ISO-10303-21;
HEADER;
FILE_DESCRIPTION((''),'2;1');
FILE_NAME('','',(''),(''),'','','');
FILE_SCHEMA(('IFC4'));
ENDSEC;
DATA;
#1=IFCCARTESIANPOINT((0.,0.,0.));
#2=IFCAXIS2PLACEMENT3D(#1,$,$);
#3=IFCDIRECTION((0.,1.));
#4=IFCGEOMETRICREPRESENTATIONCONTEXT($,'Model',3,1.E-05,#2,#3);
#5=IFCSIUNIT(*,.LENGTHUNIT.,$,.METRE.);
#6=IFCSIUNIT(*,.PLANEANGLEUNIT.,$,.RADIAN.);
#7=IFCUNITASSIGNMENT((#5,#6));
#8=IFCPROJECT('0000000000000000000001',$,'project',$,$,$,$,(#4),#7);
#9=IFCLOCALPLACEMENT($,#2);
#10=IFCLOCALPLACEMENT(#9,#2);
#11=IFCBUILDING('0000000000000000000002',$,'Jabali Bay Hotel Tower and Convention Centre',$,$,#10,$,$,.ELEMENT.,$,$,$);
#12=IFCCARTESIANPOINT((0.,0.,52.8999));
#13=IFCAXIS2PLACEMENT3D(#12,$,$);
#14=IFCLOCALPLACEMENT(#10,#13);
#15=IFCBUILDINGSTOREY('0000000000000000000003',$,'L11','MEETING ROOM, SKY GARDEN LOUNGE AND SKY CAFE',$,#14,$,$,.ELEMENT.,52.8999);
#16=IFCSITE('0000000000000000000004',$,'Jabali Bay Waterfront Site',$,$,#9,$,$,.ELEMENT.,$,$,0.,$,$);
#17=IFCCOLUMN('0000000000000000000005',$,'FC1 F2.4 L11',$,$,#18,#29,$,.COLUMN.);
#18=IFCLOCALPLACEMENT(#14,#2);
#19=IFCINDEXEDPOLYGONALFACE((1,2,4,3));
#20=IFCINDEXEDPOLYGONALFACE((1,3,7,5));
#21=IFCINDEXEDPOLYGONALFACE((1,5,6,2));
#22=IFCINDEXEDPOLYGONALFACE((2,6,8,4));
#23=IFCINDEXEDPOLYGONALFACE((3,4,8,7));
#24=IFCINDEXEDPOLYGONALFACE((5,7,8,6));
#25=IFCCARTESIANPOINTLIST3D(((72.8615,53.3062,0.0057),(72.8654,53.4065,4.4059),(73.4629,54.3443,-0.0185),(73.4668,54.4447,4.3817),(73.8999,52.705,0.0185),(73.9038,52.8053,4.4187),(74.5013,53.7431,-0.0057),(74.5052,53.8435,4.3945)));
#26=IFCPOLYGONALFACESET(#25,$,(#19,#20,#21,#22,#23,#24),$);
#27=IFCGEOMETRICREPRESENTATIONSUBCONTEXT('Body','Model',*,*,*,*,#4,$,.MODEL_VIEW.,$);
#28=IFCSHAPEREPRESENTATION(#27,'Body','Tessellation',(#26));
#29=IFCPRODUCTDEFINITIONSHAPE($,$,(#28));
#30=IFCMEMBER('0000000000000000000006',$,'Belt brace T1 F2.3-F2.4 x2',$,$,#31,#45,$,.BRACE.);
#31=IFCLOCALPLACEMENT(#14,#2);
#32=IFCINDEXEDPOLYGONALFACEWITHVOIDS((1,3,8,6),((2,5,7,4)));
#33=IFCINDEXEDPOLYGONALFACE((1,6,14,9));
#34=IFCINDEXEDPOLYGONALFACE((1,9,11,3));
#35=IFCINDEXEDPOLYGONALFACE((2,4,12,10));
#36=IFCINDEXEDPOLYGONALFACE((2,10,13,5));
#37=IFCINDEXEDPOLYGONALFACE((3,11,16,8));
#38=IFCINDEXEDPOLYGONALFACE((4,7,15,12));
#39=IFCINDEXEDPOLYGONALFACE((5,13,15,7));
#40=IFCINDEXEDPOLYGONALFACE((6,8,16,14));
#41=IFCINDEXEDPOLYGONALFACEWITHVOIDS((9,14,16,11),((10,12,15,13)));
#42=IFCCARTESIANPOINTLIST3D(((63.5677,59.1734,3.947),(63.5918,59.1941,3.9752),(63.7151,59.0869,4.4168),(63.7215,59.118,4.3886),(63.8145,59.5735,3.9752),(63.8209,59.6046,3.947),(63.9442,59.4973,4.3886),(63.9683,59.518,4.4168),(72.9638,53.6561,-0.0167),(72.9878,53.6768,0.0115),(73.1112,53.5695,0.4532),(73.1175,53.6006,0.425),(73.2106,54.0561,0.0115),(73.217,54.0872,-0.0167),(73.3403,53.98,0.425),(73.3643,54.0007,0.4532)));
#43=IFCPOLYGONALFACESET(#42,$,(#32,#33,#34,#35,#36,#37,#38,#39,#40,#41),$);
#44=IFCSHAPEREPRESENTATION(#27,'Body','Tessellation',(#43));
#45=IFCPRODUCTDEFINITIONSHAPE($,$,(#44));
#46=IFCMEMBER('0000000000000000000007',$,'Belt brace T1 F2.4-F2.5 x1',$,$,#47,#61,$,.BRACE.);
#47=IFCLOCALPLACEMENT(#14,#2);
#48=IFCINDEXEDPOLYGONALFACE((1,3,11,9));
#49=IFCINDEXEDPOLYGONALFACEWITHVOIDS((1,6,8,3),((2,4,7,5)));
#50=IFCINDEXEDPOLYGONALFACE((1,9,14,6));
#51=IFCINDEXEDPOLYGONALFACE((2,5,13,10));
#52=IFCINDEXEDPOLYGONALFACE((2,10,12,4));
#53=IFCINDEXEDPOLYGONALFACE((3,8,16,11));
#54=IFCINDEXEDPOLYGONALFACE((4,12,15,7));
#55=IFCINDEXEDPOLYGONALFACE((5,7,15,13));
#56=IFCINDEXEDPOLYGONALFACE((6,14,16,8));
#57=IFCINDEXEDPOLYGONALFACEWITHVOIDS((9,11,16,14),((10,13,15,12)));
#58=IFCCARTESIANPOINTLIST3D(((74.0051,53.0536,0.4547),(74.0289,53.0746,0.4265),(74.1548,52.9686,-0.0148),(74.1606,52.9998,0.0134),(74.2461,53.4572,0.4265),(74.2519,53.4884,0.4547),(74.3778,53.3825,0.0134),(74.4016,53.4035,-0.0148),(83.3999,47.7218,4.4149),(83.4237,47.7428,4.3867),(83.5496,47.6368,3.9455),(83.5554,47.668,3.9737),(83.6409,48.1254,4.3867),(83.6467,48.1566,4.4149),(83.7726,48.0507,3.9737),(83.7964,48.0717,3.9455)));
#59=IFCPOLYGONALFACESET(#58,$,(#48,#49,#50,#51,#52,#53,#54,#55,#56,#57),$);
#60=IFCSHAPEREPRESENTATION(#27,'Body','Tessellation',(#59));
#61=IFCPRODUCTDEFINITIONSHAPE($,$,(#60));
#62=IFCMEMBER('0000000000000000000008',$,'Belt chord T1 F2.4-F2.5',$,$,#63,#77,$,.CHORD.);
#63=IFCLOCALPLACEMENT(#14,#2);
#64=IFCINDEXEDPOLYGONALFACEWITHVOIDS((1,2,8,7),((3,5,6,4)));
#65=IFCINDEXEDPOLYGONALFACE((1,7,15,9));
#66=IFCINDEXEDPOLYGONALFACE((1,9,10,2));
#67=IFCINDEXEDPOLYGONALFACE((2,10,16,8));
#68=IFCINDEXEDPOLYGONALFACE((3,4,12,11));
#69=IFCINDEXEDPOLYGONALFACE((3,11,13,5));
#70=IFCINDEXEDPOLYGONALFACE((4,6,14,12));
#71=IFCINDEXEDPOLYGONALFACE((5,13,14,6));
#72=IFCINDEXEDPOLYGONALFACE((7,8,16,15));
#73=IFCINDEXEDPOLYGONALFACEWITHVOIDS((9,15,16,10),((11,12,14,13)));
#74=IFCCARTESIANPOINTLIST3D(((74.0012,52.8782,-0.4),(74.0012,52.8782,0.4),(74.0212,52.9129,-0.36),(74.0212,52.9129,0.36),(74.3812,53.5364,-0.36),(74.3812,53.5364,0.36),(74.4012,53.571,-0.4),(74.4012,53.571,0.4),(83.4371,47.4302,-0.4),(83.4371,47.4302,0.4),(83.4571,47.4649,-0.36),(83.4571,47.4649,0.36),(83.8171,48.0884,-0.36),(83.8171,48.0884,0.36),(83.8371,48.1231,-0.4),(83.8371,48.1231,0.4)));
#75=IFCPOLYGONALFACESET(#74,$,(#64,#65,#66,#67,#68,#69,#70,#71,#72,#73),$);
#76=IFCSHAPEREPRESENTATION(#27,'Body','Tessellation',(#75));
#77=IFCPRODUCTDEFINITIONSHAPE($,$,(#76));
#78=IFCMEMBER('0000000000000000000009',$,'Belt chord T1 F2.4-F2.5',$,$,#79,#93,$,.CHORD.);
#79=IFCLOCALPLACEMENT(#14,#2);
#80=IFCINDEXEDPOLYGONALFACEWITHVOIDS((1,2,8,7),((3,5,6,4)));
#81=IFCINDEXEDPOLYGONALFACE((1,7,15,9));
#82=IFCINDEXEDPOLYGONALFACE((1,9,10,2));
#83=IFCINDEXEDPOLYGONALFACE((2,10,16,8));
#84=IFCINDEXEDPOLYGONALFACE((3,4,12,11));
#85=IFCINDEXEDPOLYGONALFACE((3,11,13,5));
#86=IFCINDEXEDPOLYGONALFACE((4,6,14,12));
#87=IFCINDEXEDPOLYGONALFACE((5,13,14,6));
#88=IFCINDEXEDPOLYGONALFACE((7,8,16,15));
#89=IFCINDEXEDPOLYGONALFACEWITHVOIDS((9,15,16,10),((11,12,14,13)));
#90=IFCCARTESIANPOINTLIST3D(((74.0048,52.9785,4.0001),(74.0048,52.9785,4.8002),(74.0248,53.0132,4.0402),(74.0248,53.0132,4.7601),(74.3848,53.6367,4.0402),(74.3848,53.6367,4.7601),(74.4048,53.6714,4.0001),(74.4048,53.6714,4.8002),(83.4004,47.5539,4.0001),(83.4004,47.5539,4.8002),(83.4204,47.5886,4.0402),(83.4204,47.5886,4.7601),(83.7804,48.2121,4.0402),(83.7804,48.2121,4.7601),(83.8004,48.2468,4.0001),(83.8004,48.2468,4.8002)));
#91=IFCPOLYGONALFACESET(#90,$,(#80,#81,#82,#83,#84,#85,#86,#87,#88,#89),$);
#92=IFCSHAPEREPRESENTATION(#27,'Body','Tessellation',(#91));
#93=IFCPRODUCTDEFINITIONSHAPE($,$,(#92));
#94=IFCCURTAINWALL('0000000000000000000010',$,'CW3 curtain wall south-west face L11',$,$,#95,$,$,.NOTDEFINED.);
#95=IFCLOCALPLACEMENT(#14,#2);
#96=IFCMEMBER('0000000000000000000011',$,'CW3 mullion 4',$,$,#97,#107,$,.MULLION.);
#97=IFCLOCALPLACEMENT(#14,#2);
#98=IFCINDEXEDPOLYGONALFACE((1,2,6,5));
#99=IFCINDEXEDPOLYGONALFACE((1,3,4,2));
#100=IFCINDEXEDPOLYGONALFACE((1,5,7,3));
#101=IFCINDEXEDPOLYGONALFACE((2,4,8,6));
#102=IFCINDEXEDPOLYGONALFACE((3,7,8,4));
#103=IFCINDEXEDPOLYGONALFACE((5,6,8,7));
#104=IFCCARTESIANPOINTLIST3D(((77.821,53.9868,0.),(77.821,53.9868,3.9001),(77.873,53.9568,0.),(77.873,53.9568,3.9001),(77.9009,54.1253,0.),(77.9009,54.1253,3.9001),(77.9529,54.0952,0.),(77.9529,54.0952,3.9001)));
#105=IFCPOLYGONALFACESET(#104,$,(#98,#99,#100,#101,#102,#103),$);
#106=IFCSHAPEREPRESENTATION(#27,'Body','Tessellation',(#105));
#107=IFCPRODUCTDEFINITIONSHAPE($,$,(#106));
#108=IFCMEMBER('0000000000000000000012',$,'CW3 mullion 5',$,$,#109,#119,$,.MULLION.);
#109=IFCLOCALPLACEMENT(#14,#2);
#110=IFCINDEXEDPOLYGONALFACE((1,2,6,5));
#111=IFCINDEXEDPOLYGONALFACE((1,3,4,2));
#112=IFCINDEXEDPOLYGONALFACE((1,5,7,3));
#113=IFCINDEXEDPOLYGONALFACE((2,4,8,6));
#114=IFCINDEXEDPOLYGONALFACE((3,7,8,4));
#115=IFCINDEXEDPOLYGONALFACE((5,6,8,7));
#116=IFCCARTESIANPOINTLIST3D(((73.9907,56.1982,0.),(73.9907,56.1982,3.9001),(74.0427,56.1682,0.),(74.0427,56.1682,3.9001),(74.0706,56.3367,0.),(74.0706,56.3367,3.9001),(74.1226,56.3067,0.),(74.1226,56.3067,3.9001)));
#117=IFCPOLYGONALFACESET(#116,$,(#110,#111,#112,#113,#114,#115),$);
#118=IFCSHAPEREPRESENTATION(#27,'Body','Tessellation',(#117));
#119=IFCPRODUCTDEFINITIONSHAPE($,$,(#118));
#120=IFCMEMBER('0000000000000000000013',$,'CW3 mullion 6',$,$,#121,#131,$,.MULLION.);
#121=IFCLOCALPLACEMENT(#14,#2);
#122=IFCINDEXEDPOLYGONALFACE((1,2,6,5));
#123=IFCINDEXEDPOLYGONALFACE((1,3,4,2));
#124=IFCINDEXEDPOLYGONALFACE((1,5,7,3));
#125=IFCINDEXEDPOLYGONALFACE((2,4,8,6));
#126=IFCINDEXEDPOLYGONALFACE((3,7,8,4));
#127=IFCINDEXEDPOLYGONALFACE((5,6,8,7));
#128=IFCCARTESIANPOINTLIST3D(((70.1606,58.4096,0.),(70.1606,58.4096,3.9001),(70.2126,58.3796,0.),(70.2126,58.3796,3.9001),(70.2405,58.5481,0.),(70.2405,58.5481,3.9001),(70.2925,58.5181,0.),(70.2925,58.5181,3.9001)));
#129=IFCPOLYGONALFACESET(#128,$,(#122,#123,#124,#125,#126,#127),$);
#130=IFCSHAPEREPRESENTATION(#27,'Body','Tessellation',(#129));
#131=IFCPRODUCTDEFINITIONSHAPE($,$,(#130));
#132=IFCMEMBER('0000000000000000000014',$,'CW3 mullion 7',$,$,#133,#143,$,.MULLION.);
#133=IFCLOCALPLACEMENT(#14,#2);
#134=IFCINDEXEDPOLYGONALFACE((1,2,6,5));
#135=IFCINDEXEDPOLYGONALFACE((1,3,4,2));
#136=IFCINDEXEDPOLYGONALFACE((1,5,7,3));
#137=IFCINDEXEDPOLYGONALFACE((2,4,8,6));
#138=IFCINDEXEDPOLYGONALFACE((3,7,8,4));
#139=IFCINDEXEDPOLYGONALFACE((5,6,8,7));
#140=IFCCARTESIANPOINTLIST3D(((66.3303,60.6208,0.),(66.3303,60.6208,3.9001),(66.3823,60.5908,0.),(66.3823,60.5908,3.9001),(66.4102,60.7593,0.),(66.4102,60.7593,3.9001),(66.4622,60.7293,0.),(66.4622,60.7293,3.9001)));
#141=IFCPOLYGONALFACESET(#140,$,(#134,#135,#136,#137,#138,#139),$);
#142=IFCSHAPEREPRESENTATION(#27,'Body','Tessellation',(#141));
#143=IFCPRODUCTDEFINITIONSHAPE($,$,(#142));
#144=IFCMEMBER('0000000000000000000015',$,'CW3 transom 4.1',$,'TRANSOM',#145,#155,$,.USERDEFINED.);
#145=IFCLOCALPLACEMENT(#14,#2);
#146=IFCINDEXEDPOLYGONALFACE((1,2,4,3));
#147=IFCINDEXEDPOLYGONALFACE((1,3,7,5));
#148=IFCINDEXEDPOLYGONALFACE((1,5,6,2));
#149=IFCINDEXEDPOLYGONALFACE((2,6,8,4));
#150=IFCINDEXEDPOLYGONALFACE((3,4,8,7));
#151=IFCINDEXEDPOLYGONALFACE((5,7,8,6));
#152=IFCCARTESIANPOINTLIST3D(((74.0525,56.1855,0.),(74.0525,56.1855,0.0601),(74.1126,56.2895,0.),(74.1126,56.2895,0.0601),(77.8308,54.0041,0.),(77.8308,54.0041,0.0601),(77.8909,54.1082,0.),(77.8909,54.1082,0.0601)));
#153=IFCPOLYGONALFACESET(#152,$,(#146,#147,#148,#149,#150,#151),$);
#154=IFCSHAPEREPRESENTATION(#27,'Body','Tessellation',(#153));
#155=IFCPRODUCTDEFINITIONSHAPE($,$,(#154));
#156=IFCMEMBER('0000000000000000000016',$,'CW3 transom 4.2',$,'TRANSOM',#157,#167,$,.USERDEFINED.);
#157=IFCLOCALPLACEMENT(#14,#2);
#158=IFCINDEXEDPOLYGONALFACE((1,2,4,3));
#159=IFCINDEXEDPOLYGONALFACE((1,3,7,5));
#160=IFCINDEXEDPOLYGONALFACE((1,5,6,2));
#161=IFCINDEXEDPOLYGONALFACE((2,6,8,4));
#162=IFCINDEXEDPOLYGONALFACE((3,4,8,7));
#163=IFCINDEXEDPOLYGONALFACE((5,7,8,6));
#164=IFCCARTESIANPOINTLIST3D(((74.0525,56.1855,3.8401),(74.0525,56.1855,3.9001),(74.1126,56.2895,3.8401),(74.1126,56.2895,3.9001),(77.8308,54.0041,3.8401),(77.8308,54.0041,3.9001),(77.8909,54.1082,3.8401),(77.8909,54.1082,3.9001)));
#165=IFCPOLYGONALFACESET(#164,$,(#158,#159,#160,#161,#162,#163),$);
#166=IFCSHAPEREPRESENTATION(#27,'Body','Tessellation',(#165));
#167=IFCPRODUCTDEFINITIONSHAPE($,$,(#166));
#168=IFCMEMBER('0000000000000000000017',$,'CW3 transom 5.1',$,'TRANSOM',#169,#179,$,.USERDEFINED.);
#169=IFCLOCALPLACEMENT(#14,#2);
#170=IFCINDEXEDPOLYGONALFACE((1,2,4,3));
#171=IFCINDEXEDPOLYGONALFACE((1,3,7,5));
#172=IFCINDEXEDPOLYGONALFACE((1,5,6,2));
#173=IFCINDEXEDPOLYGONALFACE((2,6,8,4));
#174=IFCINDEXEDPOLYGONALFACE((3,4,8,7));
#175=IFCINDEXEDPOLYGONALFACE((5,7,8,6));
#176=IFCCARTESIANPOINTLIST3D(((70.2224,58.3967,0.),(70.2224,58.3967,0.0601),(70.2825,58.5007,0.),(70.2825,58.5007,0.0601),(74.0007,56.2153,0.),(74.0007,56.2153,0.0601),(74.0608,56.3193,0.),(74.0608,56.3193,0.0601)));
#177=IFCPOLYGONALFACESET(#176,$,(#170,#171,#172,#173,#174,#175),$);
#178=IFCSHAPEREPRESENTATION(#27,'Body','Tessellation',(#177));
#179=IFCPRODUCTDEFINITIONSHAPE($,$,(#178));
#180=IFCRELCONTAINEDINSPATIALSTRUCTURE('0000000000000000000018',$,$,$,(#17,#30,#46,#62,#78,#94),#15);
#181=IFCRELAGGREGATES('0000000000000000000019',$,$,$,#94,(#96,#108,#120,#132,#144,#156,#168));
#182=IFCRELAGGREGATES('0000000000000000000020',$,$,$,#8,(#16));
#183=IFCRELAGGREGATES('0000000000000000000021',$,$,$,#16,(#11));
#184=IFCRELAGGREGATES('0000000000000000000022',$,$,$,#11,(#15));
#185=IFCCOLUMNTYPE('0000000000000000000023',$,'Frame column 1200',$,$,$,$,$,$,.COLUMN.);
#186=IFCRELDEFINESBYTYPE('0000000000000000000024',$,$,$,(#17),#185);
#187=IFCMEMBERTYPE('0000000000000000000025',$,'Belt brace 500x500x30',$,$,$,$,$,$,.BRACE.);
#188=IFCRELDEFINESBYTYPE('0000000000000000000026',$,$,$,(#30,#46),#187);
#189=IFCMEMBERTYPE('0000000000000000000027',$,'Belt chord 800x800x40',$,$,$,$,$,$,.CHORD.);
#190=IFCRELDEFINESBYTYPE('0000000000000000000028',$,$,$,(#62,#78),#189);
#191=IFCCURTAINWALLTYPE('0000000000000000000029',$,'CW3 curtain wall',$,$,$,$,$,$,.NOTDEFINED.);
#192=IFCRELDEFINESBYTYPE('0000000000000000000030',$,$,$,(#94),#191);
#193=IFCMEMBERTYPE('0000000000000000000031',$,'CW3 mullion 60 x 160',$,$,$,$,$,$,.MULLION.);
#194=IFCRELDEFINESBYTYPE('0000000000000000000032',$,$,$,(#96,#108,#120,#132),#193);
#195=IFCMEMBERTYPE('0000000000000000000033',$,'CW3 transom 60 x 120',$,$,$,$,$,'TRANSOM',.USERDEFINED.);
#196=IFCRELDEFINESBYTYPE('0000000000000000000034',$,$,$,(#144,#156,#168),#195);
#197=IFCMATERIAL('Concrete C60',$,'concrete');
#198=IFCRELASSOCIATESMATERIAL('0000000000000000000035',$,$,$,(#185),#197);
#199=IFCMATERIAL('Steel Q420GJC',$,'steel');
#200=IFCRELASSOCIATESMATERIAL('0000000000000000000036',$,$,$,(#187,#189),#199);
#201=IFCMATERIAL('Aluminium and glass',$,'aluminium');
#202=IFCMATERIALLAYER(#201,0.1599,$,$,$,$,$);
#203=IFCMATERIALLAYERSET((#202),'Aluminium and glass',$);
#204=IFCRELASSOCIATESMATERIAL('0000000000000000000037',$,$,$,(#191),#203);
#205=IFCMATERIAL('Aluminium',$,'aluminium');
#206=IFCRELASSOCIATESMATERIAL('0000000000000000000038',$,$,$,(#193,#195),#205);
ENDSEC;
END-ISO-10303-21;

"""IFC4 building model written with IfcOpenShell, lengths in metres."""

from ifc_helpers import new_model, si_unit, direction, frame, origin, origin_2d, place, context, subcontext, project, spatial, rectangle, hollow_rectangle, extrude, material, layer, layer_set, material_profile, profile_set, type_object, element, aggregate, save


model = new_model("IFC4")

# Units and contexts
model_context = context("Model", 3, precision=1e-05, world=origin(), true_north=direction((0.0, 1.0)))
body_context = subcontext(model_context, "Body", "Model", "MODEL_VIEW")
ifc_project = project(units=[si_unit("LENGTHUNIT", "METRE"), si_unit("PLANEANGLEUNIT", "RADIAN")], contexts=[model_context])

# Site, building, storey
site_placement = place(None, origin())
site = spatial("IfcSite", under=ifc_project, at=site_placement, Name="Jabali Bay Waterfront Site", CompositionType="ELEMENT", RefElevation=0.0)
building_placement = place(site_placement, origin())
building = spatial("IfcBuilding", under=site, at=building_placement, Name="Jabali Bay Hotel Tower and Convention Centre", CompositionType="ELEMENT")
storey_placement = place(building_placement, frame((0.0, 0.0, 52.8999)))
storey = spatial("IfcBuildingStorey", under=building, at=storey_placement, Name="L11", Description="MEETING ROOM, SKY GARDEN LOUNGE AND SKY CAFE", CompositionType="ELEMENT", Elevation=52.8999)

# Column
ifc_material_1 = material(Name="Concrete C60", Category="concrete")
ifc_material_profile_1 = material_profile(ifc_material_1, rectangle(XDim=1.2, YDim=1.2, at=origin_2d()), Name="Frame column 1200")
ifc_profile_set_1 = profile_set([ifc_material_profile_1], Name="Concrete C60")
column_type = type_object("IfcColumnType", Name="Frame column 1200", PredefinedType="COLUMN", material=ifc_profile_set_1)
column_placement = place(storey_placement, frame((73.6814, 53.5247, 0.0), z_axis=(0.000888, 0.022798, 0.99974), x_axis=(-0.501121, -0.865142, 0.020174)))
element("IfcColumn", 1, at=column_placement, inside=storey, type_object=column_type, Name="FC1 F2.4 L11", PredefinedType="COLUMN", context=body_context, shape_type="SweptSolid", body=[
    extrude(rectangle(XDim=1.2, YDim=1.2, at=origin_2d()), origin(), (0.0, 0.0, 1.0), 4.4014),
])

# Members
ifc_material_2 = material(Name="Steel Q420GJC", Category="steel")
ifc_material_profile_2 = material_profile(ifc_material_2, hollow_rectangle(XDim=0.5, YDim=0.5, WallThickness=0.03, at=origin_2d()), Name="Belt brace 500x500x30")
ifc_profile_set_2 = profile_set([ifc_material_profile_2], Name="Steel Q420GJC")
member_type_1 = type_object("IfcMemberType", Name="Belt brace 500x500x30", PredefinedType="BRACE", material=ifc_profile_set_2)
member_1_placement = place(storey_placement, frame((73.1641, 53.8284, 0.2183), z_axis=(-0.810373, 0.475852, 0.341849), x_axis=(-0.506357, -0.862324, 0.0)))
element("IfcMember", 2, at=member_1_placement, inside=storey, type_object=member_type_1, Name="Belt brace T1 F2.3-F2.4 x2", PredefinedType="BRACE", context=body_context, shape_type="SweptSolid", body=[
    extrude(hollow_rectangle(XDim=0.5, YDim=0.5, WallThickness=0.03, at=origin_2d()), origin(), (0.0, 0.0, 1.0), 11.5947),
])
member_2_placement = place(storey_placement, frame((74.2034, 53.2285, 0.22), z_axis=(0.816557, -0.463418, 0.344206), x_axis=(0.493579, 0.869701, 0.0)))
element("IfcMember", 3, at=member_2_placement, inside=storey, type_object=member_type_1, Name="Belt brace T1 F2.4-F2.5 x1", PredefinedType="BRACE", context=body_context, shape_type="SweptSolid", body=[
    extrude(hollow_rectangle(XDim=0.5, YDim=0.5, WallThickness=0.03, at=origin_2d()), origin(), (0.0, 0.0, 1.0), 11.5054),
])
ifc_material_profile_3 = material_profile(ifc_material_2, hollow_rectangle(XDim=0.8, YDim=0.8, WallThickness=0.04, at=origin_2d()), Name="Belt chord 800x800x40")
ifc_profile_set_3 = profile_set([ifc_material_profile_3], Name="Steel Q420GJC")
member_type_2 = type_object("IfcMemberType", Name="Belt chord 800x800x40", PredefinedType="CHORD", material=ifc_profile_set_3)
member_3_placement = place(storey_placement, frame((74.2012, 53.2246, 0.0), z_axis=(0.866021, -0.500007, 0.0), x_axis=(0.500007, 0.866021, 0.0)))
element("IfcMember", 4, at=member_3_placement, inside=storey, type_object=member_type_2, Name="Belt chord T1 F2.4-F2.5", PredefinedType="CHORD", context=body_context, shape_type="SweptSolid", body=[
    extrude(hollow_rectangle(XDim=0.8, YDim=0.8, WallThickness=0.04, at=origin_2d()), origin(), (0.0, 0.0, 1.0), 10.8958),
])
member_4_placement = place(storey_placement, frame((74.2048, 53.325, 4.4001), z_axis=(0.866023, -0.500004, 0.0), x_axis=(0.500004, 0.866023, 0.0)))
element("IfcMember", 5, at=member_4_placement, inside=storey, type_object=member_type_2, Name="Belt chord T1 F2.4-F2.5", PredefinedType="CHORD", context=body_context, shape_type="SweptSolid", body=[
    extrude(hollow_rectangle(XDim=0.8, YDim=0.8, WallThickness=0.04, at=origin_2d()), origin(), (0.0, 0.0, 1.0), 10.8491),
])

# Curtain wall, members
ifc_material_3 = material(Name="Aluminium and glass", Category="aluminium")
ifc_layer_1 = layer(ifc_material_3, 0.1599)
ifc_layer_set_1 = layer_set([ifc_layer_1], Name="Aluminium and glass")
curtain_wall_type = type_object("IfcCurtainWallType", Name="CW3 curtain wall", PredefinedType="NOTDEFINED", material=ifc_layer_set_1)
curtain_wall_placement = place(storey_placement, origin())
curtain_wall = element("IfcCurtainWall", 6, at=curtain_wall_placement, inside=storey, type_object=curtain_wall_type, Name="CW3 curtain wall south-west face L11", PredefinedType="NOTDEFINED")
ifc_material_4 = material(Name="Aluminium", Category="aluminium")
ifc_material_profile_4 = material_profile(ifc_material_4, rectangle(XDim=0.1599, YDim=0.0601, at=origin_2d()), Name="CW3 mullion 60 x 160")
ifc_profile_set_4 = profile_set([ifc_material_profile_4], Name="Aluminium")
member_type_3 = type_object("IfcMemberType", Name="CW3 mullion 60 x 160", PredefinedType="MULLION", material=ifc_profile_set_4)
member_5_placement = place(storey_placement, frame((77.887, 54.041, 0.0), z_axis=(0.0, 0.0, 1.0), x_axis=(-0.5, -0.866025, 0.0)))
member_5 = element("IfcMember", 7, at=member_5_placement, type_object=member_type_3, Name="CW3 mullion 4", PredefinedType="MULLION", context=body_context, shape_type="SweptSolid", body=[
    extrude(rectangle(XDim=0.1599, YDim=0.0601, at=origin_2d()), origin(), (0.0, 0.0, 1.0), 3.9001),
])
member_6_placement = place(storey_placement, frame((74.0566, 56.2524, 0.0), z_axis=(0.0, 0.0, 1.0), x_axis=(-0.5, -0.866025, 0.0)))
member_6 = element("IfcMember", 8, at=member_6_placement, type_object=member_type_3, Name="CW3 mullion 5", PredefinedType="MULLION", context=body_context, shape_type="SweptSolid", body=[
    extrude(rectangle(XDim=0.1599, YDim=0.0601, at=origin_2d()), origin(), (0.0, 0.0, 1.0), 3.9001),
])
member_7_placement = place(storey_placement, frame((70.2266, 58.4639, 0.0), z_axis=(0.0, 0.0, 1.0), x_axis=(-0.5, -0.866025, 0.0)))
member_7 = element("IfcMember", 9, at=member_7_placement, type_object=member_type_3, Name="CW3 mullion 6", PredefinedType="MULLION", context=body_context, shape_type="SweptSolid", body=[
    extrude(rectangle(XDim=0.1599, YDim=0.0601, at=origin_2d()), origin(), (0.0, 0.0, 1.0), 3.9001),
])
member_8_placement = place(storey_placement, frame((66.3962, 60.675, 0.0), z_axis=(0.0, 0.0, 1.0), x_axis=(-0.5, -0.866025, 0.0)))
member_8 = element("IfcMember", 10, at=member_8_placement, type_object=member_type_3, Name="CW3 mullion 7", PredefinedType="MULLION", context=body_context, shape_type="SweptSolid", body=[
    extrude(rectangle(XDim=0.1599, YDim=0.0601, at=origin_2d()), origin(), (0.0, 0.0, 1.0), 3.9001),
])
ifc_material_profile_5 = material_profile(ifc_material_4, rectangle(XDim=0.1201, YDim=0.0601, at=origin_2d()), Name="CW3 transom 60 x 120")
ifc_profile_set_5 = profile_set([ifc_material_profile_5], Name="Aluminium")
member_type_4 = type_object("IfcMemberType", Name="CW3 transom 60 x 120", ElementType="TRANSOM", PredefinedType="USERDEFINED", material=ifc_profile_set_5)
member_9_placement = place(storey_placement, frame((77.8608, 54.0562, 0.03), z_axis=(-0.866027, 0.499997, 0.0), x_axis=(-0.499997, -0.866027, 0.0)))
member_9 = element("IfcMember", 11, at=member_9_placement, type_object=member_type_4, Name="CW3 transom 4.1", ObjectType="TRANSOM", PredefinedType="USERDEFINED", context=body_context, shape_type="SweptSolid", body=[
    extrude(rectangle(XDim=0.1201, YDim=0.0601, at=origin_2d()), origin(), (0.0, 0.0, 1.0), 4.3628),
])
member_10_placement = place(storey_placement, frame((77.8608, 54.0562, 3.8701), z_axis=(-0.866027, 0.499997, 0.0), x_axis=(-0.499997, -0.866027, 0.0)))
member_10 = element("IfcMember", 12, at=member_10_placement, type_object=member_type_4, Name="CW3 transom 4.2", ObjectType="TRANSOM", PredefinedType="USERDEFINED", context=body_context, shape_type="SweptSolid", body=[
    extrude(rectangle(XDim=0.1201, YDim=0.0601, at=origin_2d()), origin(), (0.0, 0.0, 1.0), 4.3628),
])
member_11_placement = place(storey_placement, frame((74.0308, 56.2673, 0.03), z_axis=(-0.866027, 0.499997, 0.0), x_axis=(-0.499997, -0.866027, 0.0)))
member_11 = element("IfcMember", 13, at=member_11_placement, type_object=member_type_4, Name="CW3 transom 5.1", ObjectType="TRANSOM", PredefinedType="USERDEFINED", context=body_context, shape_type="SweptSolid", body=[
    extrude(rectangle(XDim=0.1201, YDim=0.0601, at=origin_2d()), origin(), (0.0, 0.0, 1.0), 4.3628),
])
aggregate(curtain_wall, [member_5, member_6, member_7, member_8, member_9, member_10, member_11])

save(model, "model.ifc")
